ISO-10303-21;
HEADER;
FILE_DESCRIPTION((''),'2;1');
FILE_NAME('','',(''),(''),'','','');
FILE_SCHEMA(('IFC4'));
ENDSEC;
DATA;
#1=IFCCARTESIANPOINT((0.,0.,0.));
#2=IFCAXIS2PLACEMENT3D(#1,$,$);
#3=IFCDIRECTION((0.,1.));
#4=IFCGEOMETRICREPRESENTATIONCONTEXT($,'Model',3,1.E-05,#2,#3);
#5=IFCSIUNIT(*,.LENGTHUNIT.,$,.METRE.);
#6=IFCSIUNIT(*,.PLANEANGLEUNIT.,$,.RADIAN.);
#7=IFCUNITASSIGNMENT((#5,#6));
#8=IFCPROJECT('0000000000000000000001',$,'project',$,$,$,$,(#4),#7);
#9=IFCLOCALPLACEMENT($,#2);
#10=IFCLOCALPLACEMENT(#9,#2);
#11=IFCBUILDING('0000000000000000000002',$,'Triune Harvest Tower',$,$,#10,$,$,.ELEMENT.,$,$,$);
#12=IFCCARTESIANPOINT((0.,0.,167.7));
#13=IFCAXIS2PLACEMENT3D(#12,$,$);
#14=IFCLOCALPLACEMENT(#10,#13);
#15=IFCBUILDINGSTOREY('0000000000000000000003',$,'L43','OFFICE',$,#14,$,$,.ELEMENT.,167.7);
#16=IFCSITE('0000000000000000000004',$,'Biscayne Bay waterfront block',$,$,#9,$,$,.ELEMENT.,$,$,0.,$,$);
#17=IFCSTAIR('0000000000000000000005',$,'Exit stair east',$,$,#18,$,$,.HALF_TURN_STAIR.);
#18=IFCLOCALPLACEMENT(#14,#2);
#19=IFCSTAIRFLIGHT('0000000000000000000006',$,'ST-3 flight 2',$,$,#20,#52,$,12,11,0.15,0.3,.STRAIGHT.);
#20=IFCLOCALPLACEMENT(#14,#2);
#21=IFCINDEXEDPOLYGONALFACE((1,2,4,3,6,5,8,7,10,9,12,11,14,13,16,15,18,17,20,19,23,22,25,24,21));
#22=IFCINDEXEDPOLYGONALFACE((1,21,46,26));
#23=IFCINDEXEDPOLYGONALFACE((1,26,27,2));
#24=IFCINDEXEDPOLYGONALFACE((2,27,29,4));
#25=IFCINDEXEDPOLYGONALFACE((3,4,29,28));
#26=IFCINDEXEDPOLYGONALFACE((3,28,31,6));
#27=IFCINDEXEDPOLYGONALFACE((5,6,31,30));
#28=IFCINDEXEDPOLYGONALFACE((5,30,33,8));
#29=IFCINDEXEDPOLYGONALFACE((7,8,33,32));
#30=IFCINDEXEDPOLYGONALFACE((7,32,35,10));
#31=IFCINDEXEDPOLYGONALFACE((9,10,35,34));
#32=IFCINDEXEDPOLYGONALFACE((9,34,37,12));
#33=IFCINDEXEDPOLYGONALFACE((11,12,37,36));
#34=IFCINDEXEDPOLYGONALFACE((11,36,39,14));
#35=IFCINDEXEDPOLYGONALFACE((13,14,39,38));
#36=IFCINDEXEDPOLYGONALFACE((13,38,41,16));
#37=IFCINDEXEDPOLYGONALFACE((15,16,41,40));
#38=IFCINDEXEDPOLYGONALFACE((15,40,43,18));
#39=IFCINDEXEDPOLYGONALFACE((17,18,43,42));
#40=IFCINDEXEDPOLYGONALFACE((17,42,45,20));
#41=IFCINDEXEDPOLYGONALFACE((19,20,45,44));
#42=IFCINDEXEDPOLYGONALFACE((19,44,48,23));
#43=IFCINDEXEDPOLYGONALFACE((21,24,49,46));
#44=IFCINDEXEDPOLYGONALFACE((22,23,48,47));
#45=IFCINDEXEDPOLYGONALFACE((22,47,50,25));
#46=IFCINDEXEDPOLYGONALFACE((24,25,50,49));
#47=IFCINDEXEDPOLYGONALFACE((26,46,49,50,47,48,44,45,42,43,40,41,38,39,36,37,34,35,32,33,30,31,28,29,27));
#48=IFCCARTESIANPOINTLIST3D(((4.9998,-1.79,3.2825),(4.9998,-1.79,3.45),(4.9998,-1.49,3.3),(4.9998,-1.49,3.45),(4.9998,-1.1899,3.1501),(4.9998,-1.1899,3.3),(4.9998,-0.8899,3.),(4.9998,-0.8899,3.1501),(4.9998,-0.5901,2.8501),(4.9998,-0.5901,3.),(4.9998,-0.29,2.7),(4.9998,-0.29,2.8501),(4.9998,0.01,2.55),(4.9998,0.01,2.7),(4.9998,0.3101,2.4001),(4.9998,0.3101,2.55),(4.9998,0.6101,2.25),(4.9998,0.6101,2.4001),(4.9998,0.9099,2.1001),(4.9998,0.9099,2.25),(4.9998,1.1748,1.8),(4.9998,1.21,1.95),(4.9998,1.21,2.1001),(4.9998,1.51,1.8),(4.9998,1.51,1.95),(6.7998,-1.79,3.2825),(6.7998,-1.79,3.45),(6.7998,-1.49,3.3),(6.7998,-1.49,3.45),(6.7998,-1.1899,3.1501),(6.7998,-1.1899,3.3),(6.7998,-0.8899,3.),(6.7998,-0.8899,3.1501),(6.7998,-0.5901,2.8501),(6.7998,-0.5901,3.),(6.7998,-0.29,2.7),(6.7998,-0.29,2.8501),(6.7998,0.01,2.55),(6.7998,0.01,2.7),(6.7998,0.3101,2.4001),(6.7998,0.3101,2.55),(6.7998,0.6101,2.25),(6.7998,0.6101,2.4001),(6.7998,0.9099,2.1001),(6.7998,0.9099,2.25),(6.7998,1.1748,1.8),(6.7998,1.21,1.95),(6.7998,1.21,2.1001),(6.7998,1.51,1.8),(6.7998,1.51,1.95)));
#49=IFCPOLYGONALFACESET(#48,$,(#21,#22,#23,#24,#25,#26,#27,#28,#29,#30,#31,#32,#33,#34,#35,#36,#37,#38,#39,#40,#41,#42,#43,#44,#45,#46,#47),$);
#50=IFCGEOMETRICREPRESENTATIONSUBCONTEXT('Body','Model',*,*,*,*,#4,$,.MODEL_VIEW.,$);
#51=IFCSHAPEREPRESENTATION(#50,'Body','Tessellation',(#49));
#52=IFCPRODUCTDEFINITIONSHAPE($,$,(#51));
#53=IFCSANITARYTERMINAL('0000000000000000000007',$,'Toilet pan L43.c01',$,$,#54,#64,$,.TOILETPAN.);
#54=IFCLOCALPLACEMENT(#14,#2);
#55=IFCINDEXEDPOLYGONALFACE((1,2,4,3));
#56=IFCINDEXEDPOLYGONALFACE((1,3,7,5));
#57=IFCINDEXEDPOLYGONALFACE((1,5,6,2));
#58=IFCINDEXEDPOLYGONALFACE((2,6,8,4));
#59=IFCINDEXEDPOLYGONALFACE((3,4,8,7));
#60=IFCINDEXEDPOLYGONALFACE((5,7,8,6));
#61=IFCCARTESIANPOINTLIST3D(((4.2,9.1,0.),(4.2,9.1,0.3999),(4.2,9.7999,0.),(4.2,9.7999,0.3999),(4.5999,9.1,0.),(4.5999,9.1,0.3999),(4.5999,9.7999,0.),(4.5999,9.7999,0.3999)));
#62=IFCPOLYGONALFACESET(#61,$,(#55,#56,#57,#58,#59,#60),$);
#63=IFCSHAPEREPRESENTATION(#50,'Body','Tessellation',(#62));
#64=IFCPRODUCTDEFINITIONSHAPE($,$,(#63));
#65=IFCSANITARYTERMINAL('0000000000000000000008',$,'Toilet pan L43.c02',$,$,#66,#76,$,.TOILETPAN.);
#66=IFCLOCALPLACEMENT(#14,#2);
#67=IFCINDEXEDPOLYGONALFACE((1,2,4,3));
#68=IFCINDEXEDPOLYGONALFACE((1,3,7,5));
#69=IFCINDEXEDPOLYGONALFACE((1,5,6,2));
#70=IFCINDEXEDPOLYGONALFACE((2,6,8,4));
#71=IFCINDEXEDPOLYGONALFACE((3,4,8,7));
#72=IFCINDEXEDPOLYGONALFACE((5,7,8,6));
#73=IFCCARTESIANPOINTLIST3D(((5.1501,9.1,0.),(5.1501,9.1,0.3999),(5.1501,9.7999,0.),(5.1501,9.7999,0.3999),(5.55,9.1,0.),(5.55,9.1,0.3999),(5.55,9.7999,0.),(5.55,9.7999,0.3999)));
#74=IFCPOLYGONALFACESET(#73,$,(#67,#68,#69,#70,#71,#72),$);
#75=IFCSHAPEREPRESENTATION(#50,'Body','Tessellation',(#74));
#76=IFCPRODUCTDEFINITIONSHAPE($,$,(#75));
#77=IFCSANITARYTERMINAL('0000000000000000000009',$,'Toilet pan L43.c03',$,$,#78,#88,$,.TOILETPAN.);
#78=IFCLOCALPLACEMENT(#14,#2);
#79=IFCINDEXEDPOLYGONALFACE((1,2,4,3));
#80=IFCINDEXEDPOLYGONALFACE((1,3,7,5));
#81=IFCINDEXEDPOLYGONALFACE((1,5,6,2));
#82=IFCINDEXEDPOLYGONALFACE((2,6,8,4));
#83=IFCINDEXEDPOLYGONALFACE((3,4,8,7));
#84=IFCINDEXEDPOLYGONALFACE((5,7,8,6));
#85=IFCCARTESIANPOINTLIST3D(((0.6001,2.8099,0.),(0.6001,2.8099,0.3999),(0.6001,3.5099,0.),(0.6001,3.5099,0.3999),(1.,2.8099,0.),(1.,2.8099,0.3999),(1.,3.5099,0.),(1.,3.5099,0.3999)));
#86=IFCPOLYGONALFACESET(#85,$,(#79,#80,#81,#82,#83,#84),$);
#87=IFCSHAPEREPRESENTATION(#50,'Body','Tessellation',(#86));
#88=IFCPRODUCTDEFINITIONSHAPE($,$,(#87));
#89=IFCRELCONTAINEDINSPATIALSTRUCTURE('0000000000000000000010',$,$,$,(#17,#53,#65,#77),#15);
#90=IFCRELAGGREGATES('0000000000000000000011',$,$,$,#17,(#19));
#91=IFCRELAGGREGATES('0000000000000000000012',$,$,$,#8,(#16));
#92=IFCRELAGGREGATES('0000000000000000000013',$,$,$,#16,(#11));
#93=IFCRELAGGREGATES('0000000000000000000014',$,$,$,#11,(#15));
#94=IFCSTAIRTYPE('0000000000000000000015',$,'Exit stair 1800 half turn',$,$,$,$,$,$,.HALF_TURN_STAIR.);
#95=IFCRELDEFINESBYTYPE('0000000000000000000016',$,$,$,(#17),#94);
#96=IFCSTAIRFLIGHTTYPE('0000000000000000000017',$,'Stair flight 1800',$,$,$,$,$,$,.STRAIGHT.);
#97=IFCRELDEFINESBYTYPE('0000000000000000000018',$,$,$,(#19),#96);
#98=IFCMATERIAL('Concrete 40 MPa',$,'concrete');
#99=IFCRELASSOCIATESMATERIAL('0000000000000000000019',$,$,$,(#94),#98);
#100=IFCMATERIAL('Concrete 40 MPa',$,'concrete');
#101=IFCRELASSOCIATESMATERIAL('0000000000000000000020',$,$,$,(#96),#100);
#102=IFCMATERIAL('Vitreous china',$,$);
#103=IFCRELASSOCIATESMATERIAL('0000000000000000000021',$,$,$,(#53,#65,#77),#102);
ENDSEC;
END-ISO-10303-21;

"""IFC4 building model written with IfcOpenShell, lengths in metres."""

from ifc_helpers import new_model, si_unit, direction, frame, origin, origin_2d, place, context, subcontext, project, spatial, polyline, rectangle, outline, extrude, source, transform, mapped, material, type_object, element, aggregate, save


model = new_model("IFC4")

# Units and contexts
model_context = context("Model", 3, precision=1e-05, world=origin(), true_north=direction((0.0, 1.0)))
body_context = subcontext(model_context, "Body", "Model", "MODEL_VIEW")
ifc_project = project(units=[si_unit("LENGTHUNIT", "METRE"), si_unit("PLANEANGLEUNIT", "RADIAN")], contexts=[model_context])

# Site, building, storey
site_placement = place(None, origin())
site = spatial("IfcSite", under=ifc_project, at=site_placement, Name="Biscayne Bay waterfront block", CompositionType="ELEMENT", RefElevation=0.0)
building_placement = place(site_placement, origin())
building = spatial("IfcBuilding", under=site, at=building_placement, Name="Triune Harvest Tower", CompositionType="ELEMENT")
storey_placement = place(building_placement, frame((0.0, 0.0, 167.7)))
storey = spatial("IfcBuildingStorey", under=building, at=storey_placement, Name="L43", Description="OFFICE", CompositionType="ELEMENT", Elevation=167.7)

# Stair
ifc_material_1 = material(Name="Concrete 40 MPa", Category="concrete")
stair_type = type_object("IfcStairType", Name="Exit stair 1800 half turn", PredefinedType="HALF_TURN_STAIR", material=ifc_material_1)
stair_1_placement = place(storey_placement, origin())
stair_1 = element("IfcStair", 1, at=stair_1_placement, inside=storey, type_object=stair_type, Name="Exit stair east", PredefinedType="HALF_TURN_STAIR")

# Shared definitions
ifc_material_2 = material(Name="Concrete 40 MPa", Category="concrete")
stair_flight_type = type_object("IfcStairFlightType", Name="Stair flight 1800", PredefinedType="STRAIGHT", material=ifc_material_2)
shared_shape_1 = source(origin(), body_context, "Body", "SweptSolid", [
    extrude(outline(polyline([(0.0, 0.0), (0.0, 0.1499), (0.3, 0.1499), (0.3, 0.3), (0.6001, 0.3), (0.6001, 0.45), (0.8999, 0.45), (0.8999, 0.6001), (1.2, 0.6001), (1.2, 0.75), (1.5, 0.75), (1.5, 0.8999), (1.8, 0.8999), (1.8, 1.05), (2.1001, 1.05), (2.1001, 1.2), (2.3999, 1.2), (2.3999, 1.3501), (2.7, 1.3501), (2.7, 1.5), (3.0, 1.5), (3.0, 1.6499), (3.3, 1.6499), (3.3, 1.8), (3.3, 1.4824), (0.3352, 0.0), (0.0, 0.0)])), frame((0.0, 0.8999, 0.0), z_axis=(0.0, -1.0, 0.0), x_axis=(1.0, 0.0, 0.0)), (0.0, 0.0, 1.0), 1.8),
])

# Stair flight
stair_flight_1_placement = place(storey_placement, frame((5.8999, 1.51, 1.8), z_axis=(0.0, 0.0, 1.0), x_axis=(0.0, -1.0, 0.0)))
stair_flight_1 = element("IfcStairFlight", 2, at=stair_flight_1_placement, type_object=stair_flight_type, Name="ST-3 flight 2", NumberOfRisers=12, NumberOfTreads=11, PredefinedType="STRAIGHT", RiserHeight=0.15, TreadLength=0.3, context=body_context, shape_type="MappedRepresentation", body=[
    mapped(shared_shape_1, transform((0.0, 0.0, 0.0), scale=1.0)),
])
aggregate(stair_1, [stair_flight_1])

# Sanitary terminals
ifc_material_3 = material(Name="Vitreous china")
shared_shape_2 = source(origin(), body_context, "Body", "SweptSolid", [
    extrude(rectangle(XDim=0.3999, YDim=0.7, at=origin_2d()), origin(), (0.0, 0.0, 1.0), 0.3999),
])
for number, where, z_axis, x_axis, name in (
    (3, (4.3999, 9.45, 0.0), (0.0, 0.0, 1.0), (1.0, 0.0, 0.0), "Toilet pan L43.c01"),
    (4, (5.3501, 9.45, 0.0), (0.0, 0.0, 1.0), (1.0, 0.0, 0.0), "Toilet pan L43.c02"),
    (5, (0.8, 3.1599, 0.0), (0.0, 0.0, 1.0), (-1.0, 0.0, 0.0), "Toilet pan L43.c03"),
):
    element("IfcSanitaryTerminal", number, at=place(storey_placement, frame(where, z_axis=z_axis, x_axis=x_axis)), inside=storey, material=ifc_material_3, Name=name, PredefinedType="TOILETPAN", context=body_context, shape_type="MappedRepresentation", body=[
        mapped(shared_shape_2, transform((0.0, 0.0, 0.0), scale=1.0)),
    ])

save(model, "model.ifc")
